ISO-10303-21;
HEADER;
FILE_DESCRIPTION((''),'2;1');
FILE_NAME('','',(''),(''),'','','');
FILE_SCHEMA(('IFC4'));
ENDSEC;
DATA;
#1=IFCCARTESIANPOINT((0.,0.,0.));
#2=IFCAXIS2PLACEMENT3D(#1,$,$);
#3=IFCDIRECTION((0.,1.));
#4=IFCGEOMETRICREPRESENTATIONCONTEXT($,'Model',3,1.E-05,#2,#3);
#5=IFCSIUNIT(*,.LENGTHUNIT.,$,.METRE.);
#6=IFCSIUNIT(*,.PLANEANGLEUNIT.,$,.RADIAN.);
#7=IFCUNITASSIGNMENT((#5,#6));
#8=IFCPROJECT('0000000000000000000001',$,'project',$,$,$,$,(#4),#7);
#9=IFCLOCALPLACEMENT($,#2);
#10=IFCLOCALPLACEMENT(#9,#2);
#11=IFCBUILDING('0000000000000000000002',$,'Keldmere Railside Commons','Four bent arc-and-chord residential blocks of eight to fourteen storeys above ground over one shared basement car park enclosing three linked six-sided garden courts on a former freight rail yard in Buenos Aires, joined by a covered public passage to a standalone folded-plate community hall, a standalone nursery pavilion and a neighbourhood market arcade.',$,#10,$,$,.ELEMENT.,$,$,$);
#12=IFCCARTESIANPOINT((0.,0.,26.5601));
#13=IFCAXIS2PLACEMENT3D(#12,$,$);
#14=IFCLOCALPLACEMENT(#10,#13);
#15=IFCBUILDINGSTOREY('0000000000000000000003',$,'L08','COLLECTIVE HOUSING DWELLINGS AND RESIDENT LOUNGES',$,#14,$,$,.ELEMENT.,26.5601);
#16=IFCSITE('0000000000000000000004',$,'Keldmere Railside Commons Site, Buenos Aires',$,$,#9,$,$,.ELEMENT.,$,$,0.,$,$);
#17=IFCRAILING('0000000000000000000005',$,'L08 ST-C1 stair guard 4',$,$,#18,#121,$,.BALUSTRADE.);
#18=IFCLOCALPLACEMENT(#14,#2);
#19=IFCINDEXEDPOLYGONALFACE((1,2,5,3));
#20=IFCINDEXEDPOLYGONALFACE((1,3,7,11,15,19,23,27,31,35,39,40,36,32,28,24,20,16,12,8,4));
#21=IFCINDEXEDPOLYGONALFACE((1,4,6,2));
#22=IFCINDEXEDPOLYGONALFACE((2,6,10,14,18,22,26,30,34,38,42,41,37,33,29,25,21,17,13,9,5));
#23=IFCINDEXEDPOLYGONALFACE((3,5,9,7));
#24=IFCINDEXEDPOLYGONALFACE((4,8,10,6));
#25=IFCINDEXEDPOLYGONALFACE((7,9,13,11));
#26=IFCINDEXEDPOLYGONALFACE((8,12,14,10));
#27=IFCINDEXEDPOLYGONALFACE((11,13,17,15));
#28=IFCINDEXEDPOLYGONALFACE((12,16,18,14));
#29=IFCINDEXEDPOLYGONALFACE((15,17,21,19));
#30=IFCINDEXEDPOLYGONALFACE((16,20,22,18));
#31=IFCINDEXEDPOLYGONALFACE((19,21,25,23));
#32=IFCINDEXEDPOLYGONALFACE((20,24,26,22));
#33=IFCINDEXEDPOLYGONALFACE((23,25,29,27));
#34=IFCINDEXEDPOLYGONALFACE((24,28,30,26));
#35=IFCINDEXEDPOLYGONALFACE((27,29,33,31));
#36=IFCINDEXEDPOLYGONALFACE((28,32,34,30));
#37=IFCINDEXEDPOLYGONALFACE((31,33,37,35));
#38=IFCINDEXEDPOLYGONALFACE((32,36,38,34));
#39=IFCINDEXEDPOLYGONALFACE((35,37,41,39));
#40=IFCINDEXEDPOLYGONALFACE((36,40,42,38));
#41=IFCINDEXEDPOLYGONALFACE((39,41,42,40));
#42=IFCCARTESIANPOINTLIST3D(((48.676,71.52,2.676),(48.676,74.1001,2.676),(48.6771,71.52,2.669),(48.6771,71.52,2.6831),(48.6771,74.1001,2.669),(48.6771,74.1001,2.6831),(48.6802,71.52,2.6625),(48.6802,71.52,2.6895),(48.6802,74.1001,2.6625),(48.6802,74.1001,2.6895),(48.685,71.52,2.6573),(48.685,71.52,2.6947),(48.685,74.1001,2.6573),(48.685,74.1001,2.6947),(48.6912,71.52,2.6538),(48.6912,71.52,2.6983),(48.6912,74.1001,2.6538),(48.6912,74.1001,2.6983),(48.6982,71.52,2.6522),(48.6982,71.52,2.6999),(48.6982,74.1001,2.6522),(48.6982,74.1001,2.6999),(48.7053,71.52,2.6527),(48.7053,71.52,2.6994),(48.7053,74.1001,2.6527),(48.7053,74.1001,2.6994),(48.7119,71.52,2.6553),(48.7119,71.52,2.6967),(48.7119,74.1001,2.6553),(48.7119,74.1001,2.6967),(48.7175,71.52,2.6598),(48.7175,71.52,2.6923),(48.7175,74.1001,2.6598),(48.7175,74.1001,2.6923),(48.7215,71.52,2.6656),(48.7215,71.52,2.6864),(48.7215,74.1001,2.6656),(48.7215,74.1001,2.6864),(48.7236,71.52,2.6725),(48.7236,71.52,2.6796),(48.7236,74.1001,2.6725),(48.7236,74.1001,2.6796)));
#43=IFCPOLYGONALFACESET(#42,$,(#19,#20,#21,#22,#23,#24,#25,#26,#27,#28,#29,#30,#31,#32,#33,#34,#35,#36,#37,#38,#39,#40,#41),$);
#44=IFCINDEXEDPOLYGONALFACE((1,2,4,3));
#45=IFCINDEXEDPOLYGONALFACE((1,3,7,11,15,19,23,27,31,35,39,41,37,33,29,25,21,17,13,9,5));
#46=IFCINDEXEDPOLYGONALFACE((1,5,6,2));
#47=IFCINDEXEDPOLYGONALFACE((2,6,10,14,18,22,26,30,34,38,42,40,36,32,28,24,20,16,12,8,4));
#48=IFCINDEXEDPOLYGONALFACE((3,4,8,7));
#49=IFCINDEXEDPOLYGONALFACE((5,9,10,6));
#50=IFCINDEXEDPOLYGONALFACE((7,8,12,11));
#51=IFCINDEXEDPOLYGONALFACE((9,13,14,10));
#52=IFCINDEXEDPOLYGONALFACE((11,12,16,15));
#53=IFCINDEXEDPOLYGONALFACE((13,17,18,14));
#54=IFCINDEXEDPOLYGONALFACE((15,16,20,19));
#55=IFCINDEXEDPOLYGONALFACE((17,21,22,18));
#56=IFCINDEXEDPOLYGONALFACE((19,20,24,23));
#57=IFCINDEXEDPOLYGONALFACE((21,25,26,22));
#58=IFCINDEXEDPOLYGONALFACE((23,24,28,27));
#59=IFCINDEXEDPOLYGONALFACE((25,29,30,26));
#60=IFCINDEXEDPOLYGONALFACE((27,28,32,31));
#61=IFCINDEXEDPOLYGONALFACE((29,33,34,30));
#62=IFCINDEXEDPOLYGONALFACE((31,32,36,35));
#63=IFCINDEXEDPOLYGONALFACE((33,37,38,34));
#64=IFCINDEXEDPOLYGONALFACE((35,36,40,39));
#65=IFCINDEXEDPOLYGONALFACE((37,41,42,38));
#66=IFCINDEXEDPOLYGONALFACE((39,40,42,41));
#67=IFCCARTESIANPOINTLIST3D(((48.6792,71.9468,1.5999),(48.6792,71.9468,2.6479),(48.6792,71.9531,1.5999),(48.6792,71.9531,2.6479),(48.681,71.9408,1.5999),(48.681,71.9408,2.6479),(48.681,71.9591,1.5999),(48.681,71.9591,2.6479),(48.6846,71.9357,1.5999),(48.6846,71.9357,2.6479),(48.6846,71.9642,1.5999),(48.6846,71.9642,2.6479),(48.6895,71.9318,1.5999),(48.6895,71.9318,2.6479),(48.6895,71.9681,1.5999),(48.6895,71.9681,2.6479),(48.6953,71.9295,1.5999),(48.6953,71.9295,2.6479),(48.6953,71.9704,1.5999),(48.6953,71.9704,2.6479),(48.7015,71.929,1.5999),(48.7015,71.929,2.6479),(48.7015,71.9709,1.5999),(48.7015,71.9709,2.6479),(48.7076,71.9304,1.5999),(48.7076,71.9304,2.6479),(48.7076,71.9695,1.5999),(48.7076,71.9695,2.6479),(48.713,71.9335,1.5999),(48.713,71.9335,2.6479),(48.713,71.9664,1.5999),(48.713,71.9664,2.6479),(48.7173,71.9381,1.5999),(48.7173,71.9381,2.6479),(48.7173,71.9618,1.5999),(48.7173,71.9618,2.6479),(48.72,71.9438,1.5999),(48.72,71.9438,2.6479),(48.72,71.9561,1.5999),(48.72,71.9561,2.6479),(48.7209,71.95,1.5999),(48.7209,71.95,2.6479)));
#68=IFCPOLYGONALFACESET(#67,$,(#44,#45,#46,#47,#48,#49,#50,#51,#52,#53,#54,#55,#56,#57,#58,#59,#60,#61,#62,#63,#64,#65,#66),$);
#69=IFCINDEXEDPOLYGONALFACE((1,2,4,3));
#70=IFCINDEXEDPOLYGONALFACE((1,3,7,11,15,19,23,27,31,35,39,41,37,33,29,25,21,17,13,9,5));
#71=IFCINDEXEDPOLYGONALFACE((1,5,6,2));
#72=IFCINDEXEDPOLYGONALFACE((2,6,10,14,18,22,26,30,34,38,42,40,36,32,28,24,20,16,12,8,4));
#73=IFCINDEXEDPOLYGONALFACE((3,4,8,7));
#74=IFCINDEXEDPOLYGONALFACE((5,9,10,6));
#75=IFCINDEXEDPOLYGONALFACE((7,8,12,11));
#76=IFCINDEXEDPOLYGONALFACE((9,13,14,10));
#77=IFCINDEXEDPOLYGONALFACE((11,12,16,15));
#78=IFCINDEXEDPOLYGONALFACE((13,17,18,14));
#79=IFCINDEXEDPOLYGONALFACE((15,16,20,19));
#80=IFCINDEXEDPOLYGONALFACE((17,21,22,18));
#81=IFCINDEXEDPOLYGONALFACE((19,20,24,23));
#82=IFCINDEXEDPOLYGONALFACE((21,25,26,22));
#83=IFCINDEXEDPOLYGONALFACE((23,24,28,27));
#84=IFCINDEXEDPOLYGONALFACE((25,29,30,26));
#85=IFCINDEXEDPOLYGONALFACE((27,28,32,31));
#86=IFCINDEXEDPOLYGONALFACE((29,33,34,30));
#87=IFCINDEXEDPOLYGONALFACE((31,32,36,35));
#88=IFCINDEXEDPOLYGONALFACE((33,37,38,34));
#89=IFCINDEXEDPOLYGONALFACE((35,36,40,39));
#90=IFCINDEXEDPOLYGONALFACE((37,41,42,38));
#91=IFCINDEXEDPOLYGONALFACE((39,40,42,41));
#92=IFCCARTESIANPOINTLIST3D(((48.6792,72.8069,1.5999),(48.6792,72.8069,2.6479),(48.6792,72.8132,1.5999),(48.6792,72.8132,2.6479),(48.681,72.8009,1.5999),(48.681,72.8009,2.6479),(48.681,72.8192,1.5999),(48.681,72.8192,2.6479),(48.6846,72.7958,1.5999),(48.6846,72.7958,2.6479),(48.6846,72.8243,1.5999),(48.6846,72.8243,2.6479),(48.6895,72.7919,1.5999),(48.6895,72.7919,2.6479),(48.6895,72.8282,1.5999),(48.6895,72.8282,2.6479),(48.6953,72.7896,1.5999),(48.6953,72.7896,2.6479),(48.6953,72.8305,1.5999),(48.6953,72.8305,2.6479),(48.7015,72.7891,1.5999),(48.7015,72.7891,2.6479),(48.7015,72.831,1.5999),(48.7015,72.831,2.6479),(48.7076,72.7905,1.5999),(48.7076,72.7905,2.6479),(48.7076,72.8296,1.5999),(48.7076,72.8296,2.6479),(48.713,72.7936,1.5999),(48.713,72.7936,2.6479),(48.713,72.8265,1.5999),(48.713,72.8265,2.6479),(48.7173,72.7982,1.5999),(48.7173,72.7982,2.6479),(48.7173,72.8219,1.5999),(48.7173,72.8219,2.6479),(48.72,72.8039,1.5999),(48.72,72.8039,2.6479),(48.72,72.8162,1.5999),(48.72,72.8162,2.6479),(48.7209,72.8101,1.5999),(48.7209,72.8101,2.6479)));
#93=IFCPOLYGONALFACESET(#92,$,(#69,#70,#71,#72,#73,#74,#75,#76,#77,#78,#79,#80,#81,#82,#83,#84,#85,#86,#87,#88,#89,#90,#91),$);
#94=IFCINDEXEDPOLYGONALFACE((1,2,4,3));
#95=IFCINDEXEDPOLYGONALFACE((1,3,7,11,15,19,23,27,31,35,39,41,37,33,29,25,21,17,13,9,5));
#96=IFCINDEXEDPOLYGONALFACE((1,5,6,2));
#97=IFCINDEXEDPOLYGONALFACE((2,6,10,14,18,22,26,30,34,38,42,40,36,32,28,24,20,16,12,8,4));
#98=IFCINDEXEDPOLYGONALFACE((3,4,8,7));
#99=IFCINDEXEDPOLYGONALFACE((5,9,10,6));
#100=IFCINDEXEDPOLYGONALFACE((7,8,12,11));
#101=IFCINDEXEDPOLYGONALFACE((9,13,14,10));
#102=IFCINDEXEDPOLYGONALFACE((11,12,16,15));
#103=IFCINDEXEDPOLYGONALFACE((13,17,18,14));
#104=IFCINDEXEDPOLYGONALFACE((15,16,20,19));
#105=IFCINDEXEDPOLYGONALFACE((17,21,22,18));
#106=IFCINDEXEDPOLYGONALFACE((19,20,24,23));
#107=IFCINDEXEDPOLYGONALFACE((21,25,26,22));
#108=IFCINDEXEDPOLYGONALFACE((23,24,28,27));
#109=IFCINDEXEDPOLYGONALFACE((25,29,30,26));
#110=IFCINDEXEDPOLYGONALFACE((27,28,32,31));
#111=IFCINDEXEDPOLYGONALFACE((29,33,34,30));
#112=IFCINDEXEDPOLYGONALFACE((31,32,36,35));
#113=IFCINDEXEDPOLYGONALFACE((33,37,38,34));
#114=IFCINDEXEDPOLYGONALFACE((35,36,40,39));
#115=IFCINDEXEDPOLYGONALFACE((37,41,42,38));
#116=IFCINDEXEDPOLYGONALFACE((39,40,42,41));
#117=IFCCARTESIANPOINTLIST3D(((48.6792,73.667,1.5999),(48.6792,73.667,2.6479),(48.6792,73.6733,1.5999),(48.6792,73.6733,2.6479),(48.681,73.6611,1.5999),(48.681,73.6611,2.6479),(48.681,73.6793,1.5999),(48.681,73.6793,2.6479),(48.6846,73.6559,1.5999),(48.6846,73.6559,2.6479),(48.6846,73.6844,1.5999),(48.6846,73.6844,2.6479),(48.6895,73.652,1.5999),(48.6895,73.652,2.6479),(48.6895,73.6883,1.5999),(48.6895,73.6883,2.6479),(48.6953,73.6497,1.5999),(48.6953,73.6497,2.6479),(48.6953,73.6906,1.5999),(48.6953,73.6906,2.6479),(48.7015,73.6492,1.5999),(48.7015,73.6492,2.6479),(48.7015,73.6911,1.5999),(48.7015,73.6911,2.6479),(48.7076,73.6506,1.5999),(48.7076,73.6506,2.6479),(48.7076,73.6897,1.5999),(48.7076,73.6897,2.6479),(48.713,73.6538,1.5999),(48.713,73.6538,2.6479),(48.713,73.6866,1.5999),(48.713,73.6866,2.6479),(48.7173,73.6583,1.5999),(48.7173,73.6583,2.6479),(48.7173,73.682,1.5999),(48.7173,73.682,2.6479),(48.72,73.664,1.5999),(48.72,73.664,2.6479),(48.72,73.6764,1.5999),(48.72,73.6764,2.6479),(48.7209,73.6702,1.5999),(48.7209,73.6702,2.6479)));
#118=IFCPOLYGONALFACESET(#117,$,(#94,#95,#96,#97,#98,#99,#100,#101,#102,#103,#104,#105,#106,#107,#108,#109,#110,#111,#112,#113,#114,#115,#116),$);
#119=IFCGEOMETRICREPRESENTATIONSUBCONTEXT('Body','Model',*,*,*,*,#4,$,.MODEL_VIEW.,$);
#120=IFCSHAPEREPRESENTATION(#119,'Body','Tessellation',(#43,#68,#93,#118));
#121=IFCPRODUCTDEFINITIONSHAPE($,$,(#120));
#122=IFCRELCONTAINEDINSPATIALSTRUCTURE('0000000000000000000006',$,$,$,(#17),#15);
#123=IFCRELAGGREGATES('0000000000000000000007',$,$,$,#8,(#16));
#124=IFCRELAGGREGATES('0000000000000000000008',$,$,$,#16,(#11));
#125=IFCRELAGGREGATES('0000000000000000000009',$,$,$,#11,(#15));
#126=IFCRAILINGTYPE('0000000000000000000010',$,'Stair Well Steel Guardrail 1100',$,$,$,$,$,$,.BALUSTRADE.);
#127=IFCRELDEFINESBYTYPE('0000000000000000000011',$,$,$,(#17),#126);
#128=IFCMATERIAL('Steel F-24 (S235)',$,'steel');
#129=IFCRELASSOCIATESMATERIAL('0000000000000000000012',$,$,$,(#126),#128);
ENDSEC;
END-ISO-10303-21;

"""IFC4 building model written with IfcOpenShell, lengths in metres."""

from ifc_helpers import new_model, si_unit, direction, frame, origin, origin_2d, place, context, subcontext, project, spatial, circle, extrude, material, type_object, element, save


model = new_model("IFC4")

# Units and contexts
model_context = context("Model", 3, precision=1e-05, world=origin(), true_north=direction((0.0, 1.0)))
body_context = subcontext(model_context, "Body", "Model", "MODEL_VIEW")
ifc_project = project(units=[si_unit("LENGTHUNIT", "METRE"), si_unit("PLANEANGLEUNIT", "RADIAN")], contexts=[model_context])

# Site, building, storey
site_placement = place(None, origin())
site = spatial("IfcSite", under=ifc_project, at=site_placement, Name="Keldmere Railside Commons Site, Buenos Aires", CompositionType="ELEMENT", RefElevation=0.0)
building_placement = place(site_placement, origin())
building = spatial("IfcBuilding", under=site, at=building_placement, Name="Keldmere Railside Commons", Description="Four bent arc-and-chord residential blocks of eight to fourteen storeys above ground over one shared basement car park enclosing three linked six-sided garden courts on a former freight rail yard in Buenos Aires, joined by a covered public passage to a standalone folded-plate community hall, a standalone nursery pavilion and a neighbourhood market arcade.", CompositionType="ELEMENT")
storey_placement = place(building_placement, frame((0.0, 0.0, 26.5601)))
storey = spatial("IfcBuildingStorey", under=building, at=storey_placement, Name="L08", Description="COLLECTIVE HOUSING DWELLINGS AND RESIDENT LOUNGES", CompositionType="ELEMENT", Elevation=26.5601)

# Shared definitions
ifc_material_1 = material(Name="Steel F-24 (S235)", Category="steel")

# Railing
railing_type_1 = type_object("IfcRailingType", Name="Stair Well Steel Guardrail 1100", PredefinedType="BALUSTRADE", material=ifc_material_1)
for number, where, name in (
    (1, (48.7, 71.52, 1.5999), "L08 ST-C1 stair guard 4"),
):
    element("IfcRailing", number, at=place(storey_placement, frame(where)), inside=storey, type_object=railing_type_1, Name=name, PredefinedType="BALUSTRADE", context=body_context, shape_type="SweptSolid", body=[
        extrude(circle(Radius=0.0239, at=origin_2d()), frame((0.0, 0.0, 1.0762), z_axis=(0.0, 1.0, 0.0), x_axis=(-1.0, 0.0, 0.0)), (0.0, 0.0, 1.0), 2.5801),
        extrude(circle(Radius=0.021, at=origin_2d()), frame((0.0, 0.4299, 0.0)), (0.0, 0.0, 1.0), 1.0481),
        extrude(circle(Radius=0.021, at=origin_2d()), frame((0.0, 1.29, 0.0)), (0.0, 0.0, 1.0), 1.0481),
        extrude(circle(Radius=0.021, at=origin_2d()), frame((0.0, 2.1501, 0.0)), (0.0, 0.0, 1.0), 1.0481),
    ])

save(model, "model.ifc")
